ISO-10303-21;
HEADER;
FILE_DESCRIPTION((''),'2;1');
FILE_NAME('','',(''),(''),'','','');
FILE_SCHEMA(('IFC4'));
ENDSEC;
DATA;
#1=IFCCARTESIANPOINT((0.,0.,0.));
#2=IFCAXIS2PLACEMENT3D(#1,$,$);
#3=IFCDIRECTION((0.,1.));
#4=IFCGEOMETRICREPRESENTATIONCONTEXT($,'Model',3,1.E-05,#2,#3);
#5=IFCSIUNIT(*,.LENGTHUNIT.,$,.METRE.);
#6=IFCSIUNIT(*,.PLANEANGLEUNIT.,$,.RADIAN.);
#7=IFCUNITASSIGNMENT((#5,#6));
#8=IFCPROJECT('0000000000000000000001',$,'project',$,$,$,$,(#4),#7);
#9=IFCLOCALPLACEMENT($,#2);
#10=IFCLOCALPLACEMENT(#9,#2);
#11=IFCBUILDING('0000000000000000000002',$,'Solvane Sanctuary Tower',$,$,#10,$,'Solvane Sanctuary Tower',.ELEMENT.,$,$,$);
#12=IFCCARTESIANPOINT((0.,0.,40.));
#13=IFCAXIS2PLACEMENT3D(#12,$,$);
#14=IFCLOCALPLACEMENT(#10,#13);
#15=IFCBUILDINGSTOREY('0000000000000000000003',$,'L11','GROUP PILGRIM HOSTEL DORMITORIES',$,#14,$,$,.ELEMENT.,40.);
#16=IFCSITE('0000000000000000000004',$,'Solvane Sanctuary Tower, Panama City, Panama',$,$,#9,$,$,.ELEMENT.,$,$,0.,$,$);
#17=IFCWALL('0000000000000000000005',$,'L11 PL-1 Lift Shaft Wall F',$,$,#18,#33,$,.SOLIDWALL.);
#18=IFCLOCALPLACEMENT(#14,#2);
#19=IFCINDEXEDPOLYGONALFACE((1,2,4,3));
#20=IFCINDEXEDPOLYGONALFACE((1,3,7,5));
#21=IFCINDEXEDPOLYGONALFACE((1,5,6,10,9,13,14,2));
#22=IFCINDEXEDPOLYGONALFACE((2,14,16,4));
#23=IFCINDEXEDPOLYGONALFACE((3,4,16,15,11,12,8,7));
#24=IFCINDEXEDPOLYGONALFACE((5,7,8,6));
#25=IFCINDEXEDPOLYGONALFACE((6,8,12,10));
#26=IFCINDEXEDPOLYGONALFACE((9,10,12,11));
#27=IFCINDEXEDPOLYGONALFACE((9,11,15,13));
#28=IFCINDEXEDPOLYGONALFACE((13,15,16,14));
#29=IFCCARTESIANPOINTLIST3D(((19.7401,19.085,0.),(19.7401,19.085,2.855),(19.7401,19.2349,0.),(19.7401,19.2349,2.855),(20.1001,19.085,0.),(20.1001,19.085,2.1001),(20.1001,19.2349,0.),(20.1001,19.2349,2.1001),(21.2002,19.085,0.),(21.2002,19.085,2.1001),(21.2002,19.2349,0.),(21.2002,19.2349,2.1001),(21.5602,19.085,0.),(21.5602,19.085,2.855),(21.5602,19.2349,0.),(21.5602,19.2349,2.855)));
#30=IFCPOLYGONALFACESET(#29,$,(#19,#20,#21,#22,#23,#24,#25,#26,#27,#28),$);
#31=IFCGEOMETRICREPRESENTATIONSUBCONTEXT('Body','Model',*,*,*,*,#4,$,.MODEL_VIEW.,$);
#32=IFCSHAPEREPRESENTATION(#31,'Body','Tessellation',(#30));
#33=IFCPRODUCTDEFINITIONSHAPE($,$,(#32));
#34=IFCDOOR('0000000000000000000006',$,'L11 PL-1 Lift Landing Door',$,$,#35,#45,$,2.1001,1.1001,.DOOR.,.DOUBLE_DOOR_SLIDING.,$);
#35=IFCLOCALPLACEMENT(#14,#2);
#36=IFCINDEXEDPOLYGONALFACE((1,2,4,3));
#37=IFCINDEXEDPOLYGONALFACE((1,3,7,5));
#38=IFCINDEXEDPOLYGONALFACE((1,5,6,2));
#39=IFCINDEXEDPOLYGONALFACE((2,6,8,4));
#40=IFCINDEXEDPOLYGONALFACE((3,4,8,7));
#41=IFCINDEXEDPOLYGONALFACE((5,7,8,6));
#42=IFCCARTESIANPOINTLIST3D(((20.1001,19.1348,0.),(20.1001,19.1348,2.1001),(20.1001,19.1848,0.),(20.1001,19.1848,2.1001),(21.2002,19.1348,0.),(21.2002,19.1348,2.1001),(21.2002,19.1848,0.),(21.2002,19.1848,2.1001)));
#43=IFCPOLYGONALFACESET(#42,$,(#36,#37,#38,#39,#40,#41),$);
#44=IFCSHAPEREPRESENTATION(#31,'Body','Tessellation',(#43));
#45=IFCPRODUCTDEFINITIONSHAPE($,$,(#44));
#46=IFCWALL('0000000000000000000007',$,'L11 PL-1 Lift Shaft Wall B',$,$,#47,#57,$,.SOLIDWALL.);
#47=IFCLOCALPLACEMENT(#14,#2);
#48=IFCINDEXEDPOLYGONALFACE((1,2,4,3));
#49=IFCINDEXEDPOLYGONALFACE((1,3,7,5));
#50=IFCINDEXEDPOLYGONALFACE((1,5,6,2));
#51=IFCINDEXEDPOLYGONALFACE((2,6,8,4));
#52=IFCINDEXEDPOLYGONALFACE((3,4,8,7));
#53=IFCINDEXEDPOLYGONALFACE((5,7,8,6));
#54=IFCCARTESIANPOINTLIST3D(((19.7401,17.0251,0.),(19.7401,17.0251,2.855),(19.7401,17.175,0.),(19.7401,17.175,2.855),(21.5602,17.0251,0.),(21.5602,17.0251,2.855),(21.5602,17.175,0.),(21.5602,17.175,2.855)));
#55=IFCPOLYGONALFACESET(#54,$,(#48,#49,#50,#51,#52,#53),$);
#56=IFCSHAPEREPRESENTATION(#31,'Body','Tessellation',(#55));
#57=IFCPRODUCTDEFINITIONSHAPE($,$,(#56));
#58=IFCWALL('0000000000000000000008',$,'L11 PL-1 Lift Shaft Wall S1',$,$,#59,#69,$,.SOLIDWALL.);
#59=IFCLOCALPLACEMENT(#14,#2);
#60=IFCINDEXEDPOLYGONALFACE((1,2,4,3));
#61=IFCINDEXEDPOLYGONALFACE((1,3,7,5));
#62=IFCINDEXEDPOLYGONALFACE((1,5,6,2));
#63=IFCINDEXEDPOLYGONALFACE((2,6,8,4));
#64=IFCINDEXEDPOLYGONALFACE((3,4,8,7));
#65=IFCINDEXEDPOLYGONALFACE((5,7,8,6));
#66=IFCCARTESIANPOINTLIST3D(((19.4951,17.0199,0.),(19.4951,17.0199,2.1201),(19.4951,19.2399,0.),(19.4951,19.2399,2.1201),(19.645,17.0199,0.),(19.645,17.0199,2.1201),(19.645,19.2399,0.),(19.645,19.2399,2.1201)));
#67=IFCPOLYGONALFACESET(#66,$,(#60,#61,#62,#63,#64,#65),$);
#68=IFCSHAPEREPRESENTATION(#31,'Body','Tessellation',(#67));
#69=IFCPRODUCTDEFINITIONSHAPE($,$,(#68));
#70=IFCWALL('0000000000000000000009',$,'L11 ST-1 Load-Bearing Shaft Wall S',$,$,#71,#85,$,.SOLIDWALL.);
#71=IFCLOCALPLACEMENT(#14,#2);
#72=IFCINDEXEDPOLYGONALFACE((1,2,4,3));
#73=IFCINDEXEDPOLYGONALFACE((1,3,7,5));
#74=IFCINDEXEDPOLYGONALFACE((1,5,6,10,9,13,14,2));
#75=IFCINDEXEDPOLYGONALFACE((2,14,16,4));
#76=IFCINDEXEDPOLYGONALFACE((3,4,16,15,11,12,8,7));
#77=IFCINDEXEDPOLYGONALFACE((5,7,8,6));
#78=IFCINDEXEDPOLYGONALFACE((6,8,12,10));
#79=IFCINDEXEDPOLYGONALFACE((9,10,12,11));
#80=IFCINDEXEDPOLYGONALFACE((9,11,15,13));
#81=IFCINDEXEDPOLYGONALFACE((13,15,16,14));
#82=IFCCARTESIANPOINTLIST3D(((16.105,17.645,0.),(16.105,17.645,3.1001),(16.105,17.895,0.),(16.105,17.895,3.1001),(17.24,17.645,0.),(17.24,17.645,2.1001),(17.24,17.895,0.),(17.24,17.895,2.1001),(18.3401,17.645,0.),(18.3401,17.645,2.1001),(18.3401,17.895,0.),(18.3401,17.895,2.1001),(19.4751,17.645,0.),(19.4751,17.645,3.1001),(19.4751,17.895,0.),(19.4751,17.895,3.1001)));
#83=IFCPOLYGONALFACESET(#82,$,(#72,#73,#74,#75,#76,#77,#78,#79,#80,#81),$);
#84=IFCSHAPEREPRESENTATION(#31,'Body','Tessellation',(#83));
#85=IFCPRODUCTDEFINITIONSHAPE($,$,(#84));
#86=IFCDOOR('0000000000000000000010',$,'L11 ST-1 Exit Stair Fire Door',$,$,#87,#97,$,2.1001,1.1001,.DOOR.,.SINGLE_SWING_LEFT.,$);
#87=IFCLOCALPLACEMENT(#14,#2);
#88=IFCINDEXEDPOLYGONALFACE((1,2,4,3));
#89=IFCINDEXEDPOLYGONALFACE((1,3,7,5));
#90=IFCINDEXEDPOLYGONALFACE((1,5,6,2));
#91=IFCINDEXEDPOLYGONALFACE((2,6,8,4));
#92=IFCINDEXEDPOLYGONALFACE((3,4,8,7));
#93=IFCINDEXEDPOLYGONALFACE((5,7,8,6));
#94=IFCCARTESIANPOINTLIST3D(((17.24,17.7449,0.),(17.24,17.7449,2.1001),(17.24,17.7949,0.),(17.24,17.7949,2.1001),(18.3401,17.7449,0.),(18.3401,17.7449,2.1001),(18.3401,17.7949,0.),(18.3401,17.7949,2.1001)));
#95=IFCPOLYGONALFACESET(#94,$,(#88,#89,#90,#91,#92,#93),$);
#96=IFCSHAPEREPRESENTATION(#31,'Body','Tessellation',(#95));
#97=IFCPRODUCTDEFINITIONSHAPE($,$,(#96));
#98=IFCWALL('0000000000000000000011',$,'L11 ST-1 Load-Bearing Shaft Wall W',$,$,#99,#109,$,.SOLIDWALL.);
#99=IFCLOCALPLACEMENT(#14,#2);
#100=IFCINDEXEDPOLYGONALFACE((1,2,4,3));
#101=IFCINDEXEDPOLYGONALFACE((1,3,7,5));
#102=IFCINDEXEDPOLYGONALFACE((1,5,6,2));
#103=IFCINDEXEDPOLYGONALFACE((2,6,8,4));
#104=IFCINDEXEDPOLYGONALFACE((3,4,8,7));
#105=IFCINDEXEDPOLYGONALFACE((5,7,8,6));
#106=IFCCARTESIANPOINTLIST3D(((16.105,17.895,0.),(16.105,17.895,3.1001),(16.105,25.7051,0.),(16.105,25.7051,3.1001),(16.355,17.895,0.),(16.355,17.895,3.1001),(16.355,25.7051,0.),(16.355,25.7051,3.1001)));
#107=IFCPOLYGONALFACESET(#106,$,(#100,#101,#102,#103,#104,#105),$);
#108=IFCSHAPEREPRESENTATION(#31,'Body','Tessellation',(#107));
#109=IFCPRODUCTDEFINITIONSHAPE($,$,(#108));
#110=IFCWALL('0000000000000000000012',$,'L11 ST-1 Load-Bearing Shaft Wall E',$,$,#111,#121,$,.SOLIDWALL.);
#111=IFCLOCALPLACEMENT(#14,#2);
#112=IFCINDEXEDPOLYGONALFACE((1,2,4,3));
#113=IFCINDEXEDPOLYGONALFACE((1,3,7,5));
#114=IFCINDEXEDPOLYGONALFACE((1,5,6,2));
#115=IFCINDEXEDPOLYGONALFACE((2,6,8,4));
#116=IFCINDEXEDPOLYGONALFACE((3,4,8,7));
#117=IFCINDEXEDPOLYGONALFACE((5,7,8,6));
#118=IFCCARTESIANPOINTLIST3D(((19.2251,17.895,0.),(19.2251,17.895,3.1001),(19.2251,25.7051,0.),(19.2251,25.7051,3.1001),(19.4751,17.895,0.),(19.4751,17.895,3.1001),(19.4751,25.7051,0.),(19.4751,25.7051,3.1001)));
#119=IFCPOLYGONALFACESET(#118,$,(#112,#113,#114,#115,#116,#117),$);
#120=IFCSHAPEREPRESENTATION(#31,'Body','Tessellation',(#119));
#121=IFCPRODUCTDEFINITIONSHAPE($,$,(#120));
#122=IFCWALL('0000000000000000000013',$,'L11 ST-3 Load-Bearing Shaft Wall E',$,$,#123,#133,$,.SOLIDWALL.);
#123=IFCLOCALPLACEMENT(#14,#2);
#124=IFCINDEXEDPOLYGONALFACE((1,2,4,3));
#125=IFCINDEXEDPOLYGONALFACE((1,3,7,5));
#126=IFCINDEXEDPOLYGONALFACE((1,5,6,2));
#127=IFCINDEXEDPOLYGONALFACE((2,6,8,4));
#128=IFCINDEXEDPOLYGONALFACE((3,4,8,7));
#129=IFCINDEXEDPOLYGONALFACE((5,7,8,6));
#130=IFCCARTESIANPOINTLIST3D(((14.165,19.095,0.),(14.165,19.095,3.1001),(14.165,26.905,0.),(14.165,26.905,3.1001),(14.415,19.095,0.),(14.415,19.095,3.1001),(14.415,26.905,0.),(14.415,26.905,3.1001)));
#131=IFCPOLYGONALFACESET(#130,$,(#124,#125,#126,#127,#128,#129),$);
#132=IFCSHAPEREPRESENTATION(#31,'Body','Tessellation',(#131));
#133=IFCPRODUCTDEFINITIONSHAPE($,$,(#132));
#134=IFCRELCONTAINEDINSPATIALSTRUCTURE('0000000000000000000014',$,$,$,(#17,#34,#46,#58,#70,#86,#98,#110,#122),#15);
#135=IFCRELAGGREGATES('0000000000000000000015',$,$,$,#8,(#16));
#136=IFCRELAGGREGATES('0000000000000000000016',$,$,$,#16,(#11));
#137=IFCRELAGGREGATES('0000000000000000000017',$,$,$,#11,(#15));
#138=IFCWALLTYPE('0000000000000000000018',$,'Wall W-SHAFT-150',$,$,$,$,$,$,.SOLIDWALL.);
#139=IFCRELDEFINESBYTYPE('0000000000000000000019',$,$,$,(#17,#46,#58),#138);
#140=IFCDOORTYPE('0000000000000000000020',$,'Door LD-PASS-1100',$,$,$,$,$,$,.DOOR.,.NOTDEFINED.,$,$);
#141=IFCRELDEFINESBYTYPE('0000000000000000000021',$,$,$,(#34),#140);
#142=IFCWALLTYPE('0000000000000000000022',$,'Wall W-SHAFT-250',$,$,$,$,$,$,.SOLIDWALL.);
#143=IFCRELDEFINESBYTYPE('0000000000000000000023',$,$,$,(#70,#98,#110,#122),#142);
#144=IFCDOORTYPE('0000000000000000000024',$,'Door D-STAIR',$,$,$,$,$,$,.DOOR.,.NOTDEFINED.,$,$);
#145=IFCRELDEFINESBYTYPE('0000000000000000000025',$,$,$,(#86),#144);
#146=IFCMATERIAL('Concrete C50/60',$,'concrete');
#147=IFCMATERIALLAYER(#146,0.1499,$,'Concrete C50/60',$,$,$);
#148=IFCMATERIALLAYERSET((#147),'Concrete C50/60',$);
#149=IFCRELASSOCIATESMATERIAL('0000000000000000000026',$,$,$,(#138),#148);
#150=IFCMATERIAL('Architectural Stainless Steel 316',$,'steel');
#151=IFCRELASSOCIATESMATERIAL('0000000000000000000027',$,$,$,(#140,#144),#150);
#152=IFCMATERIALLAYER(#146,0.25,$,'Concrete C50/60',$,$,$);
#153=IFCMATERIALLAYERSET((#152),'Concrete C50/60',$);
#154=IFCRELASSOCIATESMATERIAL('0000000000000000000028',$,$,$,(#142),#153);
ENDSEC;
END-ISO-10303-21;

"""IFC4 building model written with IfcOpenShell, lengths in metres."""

from ifc_helpers import new_model, si_unit, direction, frame, frame_2d, origin, place, context, subcontext, project, spatial, rectangle, extrude, material, layer, layer_set, type_object, element, fill, save


model = new_model("IFC4")

# Units and contexts
model_context = context("Model", 3, precision=1e-05, world=origin(), true_north=direction((0.0, 1.0)))
body_context = subcontext(model_context, "Body", "Model", "MODEL_VIEW")
ifc_project = project(units=[si_unit("LENGTHUNIT", "METRE"), si_unit("PLANEANGLEUNIT", "RADIAN")], contexts=[model_context])

# Site, building, storey
site_placement = place(None, origin())
site = spatial("IfcSite", under=ifc_project, at=site_placement, Name="Solvane Sanctuary Tower, Panama City, Panama", CompositionType="ELEMENT", RefElevation=0.0)
building_placement = place(site_placement, origin())
building = spatial("IfcBuilding", under=site, at=building_placement, Name="Solvane Sanctuary Tower", LongName="Solvane Sanctuary Tower", CompositionType="ELEMENT")
storey_placement = place(building_placement, frame((0.0, 0.0, 40.0)))
storey = spatial("IfcBuildingStorey", under=building, at=storey_placement, Name="L11", Description="GROUP PILGRIM HOSTEL DORMITORIES", CompositionType="ELEMENT", Elevation=40.0)

# Wall, opening, door
ifc_material_1 = material(Name="Concrete C50/60", Category="concrete")
ifc_layer_1 = layer(ifc_material_1, 0.1499, Name="Concrete C50/60")
ifc_layer_set_1 = layer_set([ifc_layer_1], Name="Concrete C50/60")
wall_type_1 = type_object("IfcWallType", Name="Wall W-SHAFT-150", PredefinedType="SOLIDWALL", material=ifc_layer_set_1)
wall_1_placement = place(storey_placement, frame((19.74, 19.1599, 0.0), z_axis=(0.0, 0.0, 1.0), x_axis=(1.0, 0.0, 0.0)))
wall_1 = element("IfcWall", 1, at=wall_1_placement, inside=storey, type_object=wall_type_1, Name="L11 PL-1 Lift Shaft Wall F", PredefinedType="SOLIDWALL", context=body_context, shape_type="SweptSolid", body=[
    extrude(rectangle(XDim=1.8201, YDim=0.1499, at=frame_2d((0.9102, 0.0))), origin(), (0.0, 0.0, 1.0), 2.855),
])
opening_1_placement = place(wall_1_placement, frame((0.3601, 0.0, 0.0)))
opening_1 = element("IfcOpeningElement", 2, at=opening_1_placement, cuts=wall_1, PredefinedType="OPENING", context=body_context, shape_type="SweptSolid", body=[
    extrude(rectangle(XDim=1.1001, YDim=2.1001, at=frame_2d((0.55, 1.05))), frame((0.0, 0.085, 0.0), z_axis=(0.0, -1.0, 0.0), x_axis=(1.0, 0.0, 0.0)), (0.0, 0.0, 1.0), 0.1699),
])
ifc_material_2 = material(Name="Architectural Stainless Steel 316", Category="steel")
door_type_1 = type_object("IfcDoorType", Name="Door LD-PASS-1100", OperationType="NOTDEFINED", PredefinedType="DOOR", material=ifc_material_2)
door_1_placement = place(opening_1_placement, origin())
door_1 = element("IfcDoor", 3, at=door_1_placement, inside=storey, type_object=door_type_1, Name="L11 PL-1 Lift Landing Door", OperationType="DOUBLE_DOOR_SLIDING", OverallHeight=2.1001, OverallWidth=1.1001, PredefinedType="DOOR", context=body_context, shape_type="SweptSolid", body=[
    extrude(rectangle(XDim=1.1001, YDim=2.1001, at=frame_2d((0.55, 1.05))), frame((0.0, 0.0249, 0.0), z_axis=(0.0, -1.0, 0.0), x_axis=(1.0, 0.0, 0.0)), (0.0, 0.0, 1.0), 0.05),
])
fill(opening_1, door_1)

# Walls
wall_2_placement = place(storey_placement, frame((19.74, 17.1001, 0.0), z_axis=(0.0, 0.0, 1.0), x_axis=(1.0, 0.0, 0.0)))
element("IfcWall", 4, at=wall_2_placement, inside=storey, type_object=wall_type_1, Name="L11 PL-1 Lift Shaft Wall B", PredefinedType="SOLIDWALL", context=body_context, shape_type="SweptSolid", body=[
    extrude(rectangle(XDim=1.8201, YDim=0.1499, at=frame_2d((0.9102, 0.0))), origin(), (0.0, 0.0, 1.0), 2.855),
])
wall_3_placement = place(storey_placement, frame((19.5701, 17.02, 0.0), z_axis=(0.0, 0.0, 1.0), x_axis=(0.0, 1.0, 0.0)))
element("IfcWall", 5, at=wall_3_placement, inside=storey, type_object=wall_type_1, Name="L11 PL-1 Lift Shaft Wall S1", PredefinedType="SOLIDWALL", context=body_context, shape_type="SweptSolid", body=[
    extrude(rectangle(XDim=2.22, YDim=0.1499, at=frame_2d((1.1099, 0.0))), origin(), (0.0, 0.0, 1.0), 2.1201),
])

# Wall, opening, door
ifc_layer_2 = layer(ifc_material_1, 0.25, Name="Concrete C50/60")
ifc_layer_set_2 = layer_set([ifc_layer_2], Name="Concrete C50/60")
wall_type_2 = type_object("IfcWallType", Name="Wall W-SHAFT-250", PredefinedType="SOLIDWALL", material=ifc_layer_set_2)
wall_4_placement = place(storey_placement, frame((16.105, 17.77, 0.0), z_axis=(0.0, 0.0, 1.0), x_axis=(1.0, 0.0, 0.0)))
wall_4 = element("IfcWall", 6, at=wall_4_placement, inside=storey, type_object=wall_type_2, Name="L11 ST-1 Load-Bearing Shaft Wall S", PredefinedType="SOLIDWALL", context=body_context, shape_type="SweptSolid", body=[
    extrude(rectangle(XDim=3.3701, YDim=0.25, at=frame_2d((1.6851, 0.0))), origin(), (0.0, 0.0, 1.0), 3.1001),
])
opening_2_placement = place(wall_4_placement, frame((1.135, 0.0, 0.0)))
opening_2 = element("IfcOpeningElement", 7, at=opening_2_placement, cuts=wall_4, PredefinedType="OPENING", context=body_context, shape_type="SweptSolid", body=[
    extrude(rectangle(XDim=1.1001, YDim=2.1001, at=frame_2d((0.55, 1.05))), frame((0.0, 0.135, 0.0), z_axis=(0.0, -1.0, 0.0), x_axis=(1.0, 0.0, 0.0)), (0.0, 0.0, 1.0), 0.27),
])
door_type_2 = type_object("IfcDoorType", Name="Door D-STAIR", OperationType="NOTDEFINED", PredefinedType="DOOR", material=ifc_material_2)
door_2_placement = place(opening_2_placement, origin())
door_2 = element("IfcDoor", 8, at=door_2_placement, inside=storey, type_object=door_type_2, Name="L11 ST-1 Exit Stair Fire Door", OperationType="SINGLE_SWING_LEFT", OverallHeight=2.1001, OverallWidth=1.1001, PredefinedType="DOOR", context=body_context, shape_type="SweptSolid", body=[
    extrude(rectangle(XDim=1.1001, YDim=2.1001, at=frame_2d((0.55, 1.05))), frame((0.0, 0.0249, 0.0), z_axis=(0.0, -1.0, 0.0), x_axis=(1.0, 0.0, 0.0)), (0.0, 0.0, 1.0), 0.05),
])
fill(opening_2, door_2)

# Walls
for number, where, z_axis, x_axis, name in (
    (9, (16.23, 17.895, 0.0), (0.0, 0.0, 1.0), (0.0, 1.0, 0.0), "L11 ST-1 Load-Bearing Shaft Wall W"),
    (10, (19.3501, 17.895, 0.0), (0.0, 0.0, 1.0), (0.0, 1.0, 0.0), "L11 ST-1 Load-Bearing Shaft Wall E"),
    (11, (14.29, 19.095, 0.0), (0.0, 0.0, 1.0), (0.0, 1.0, 0.0), "L11 ST-3 Load-Bearing Shaft Wall E"),
):
    element("IfcWall", number, at=place(storey_placement, frame(where, z_axis=z_axis, x_axis=x_axis)), inside=storey, type_object=wall_type_2, Name=name, PredefinedType="SOLIDWALL", context=body_context, shape_type="SweptSolid", body=[
        extrude(rectangle(XDim=7.8101, YDim=0.25, at=frame_2d((3.905, 0.0))), origin(), (0.0, 0.0, 1.0), 3.1001),
    ])

save(model, "model.ifc")
